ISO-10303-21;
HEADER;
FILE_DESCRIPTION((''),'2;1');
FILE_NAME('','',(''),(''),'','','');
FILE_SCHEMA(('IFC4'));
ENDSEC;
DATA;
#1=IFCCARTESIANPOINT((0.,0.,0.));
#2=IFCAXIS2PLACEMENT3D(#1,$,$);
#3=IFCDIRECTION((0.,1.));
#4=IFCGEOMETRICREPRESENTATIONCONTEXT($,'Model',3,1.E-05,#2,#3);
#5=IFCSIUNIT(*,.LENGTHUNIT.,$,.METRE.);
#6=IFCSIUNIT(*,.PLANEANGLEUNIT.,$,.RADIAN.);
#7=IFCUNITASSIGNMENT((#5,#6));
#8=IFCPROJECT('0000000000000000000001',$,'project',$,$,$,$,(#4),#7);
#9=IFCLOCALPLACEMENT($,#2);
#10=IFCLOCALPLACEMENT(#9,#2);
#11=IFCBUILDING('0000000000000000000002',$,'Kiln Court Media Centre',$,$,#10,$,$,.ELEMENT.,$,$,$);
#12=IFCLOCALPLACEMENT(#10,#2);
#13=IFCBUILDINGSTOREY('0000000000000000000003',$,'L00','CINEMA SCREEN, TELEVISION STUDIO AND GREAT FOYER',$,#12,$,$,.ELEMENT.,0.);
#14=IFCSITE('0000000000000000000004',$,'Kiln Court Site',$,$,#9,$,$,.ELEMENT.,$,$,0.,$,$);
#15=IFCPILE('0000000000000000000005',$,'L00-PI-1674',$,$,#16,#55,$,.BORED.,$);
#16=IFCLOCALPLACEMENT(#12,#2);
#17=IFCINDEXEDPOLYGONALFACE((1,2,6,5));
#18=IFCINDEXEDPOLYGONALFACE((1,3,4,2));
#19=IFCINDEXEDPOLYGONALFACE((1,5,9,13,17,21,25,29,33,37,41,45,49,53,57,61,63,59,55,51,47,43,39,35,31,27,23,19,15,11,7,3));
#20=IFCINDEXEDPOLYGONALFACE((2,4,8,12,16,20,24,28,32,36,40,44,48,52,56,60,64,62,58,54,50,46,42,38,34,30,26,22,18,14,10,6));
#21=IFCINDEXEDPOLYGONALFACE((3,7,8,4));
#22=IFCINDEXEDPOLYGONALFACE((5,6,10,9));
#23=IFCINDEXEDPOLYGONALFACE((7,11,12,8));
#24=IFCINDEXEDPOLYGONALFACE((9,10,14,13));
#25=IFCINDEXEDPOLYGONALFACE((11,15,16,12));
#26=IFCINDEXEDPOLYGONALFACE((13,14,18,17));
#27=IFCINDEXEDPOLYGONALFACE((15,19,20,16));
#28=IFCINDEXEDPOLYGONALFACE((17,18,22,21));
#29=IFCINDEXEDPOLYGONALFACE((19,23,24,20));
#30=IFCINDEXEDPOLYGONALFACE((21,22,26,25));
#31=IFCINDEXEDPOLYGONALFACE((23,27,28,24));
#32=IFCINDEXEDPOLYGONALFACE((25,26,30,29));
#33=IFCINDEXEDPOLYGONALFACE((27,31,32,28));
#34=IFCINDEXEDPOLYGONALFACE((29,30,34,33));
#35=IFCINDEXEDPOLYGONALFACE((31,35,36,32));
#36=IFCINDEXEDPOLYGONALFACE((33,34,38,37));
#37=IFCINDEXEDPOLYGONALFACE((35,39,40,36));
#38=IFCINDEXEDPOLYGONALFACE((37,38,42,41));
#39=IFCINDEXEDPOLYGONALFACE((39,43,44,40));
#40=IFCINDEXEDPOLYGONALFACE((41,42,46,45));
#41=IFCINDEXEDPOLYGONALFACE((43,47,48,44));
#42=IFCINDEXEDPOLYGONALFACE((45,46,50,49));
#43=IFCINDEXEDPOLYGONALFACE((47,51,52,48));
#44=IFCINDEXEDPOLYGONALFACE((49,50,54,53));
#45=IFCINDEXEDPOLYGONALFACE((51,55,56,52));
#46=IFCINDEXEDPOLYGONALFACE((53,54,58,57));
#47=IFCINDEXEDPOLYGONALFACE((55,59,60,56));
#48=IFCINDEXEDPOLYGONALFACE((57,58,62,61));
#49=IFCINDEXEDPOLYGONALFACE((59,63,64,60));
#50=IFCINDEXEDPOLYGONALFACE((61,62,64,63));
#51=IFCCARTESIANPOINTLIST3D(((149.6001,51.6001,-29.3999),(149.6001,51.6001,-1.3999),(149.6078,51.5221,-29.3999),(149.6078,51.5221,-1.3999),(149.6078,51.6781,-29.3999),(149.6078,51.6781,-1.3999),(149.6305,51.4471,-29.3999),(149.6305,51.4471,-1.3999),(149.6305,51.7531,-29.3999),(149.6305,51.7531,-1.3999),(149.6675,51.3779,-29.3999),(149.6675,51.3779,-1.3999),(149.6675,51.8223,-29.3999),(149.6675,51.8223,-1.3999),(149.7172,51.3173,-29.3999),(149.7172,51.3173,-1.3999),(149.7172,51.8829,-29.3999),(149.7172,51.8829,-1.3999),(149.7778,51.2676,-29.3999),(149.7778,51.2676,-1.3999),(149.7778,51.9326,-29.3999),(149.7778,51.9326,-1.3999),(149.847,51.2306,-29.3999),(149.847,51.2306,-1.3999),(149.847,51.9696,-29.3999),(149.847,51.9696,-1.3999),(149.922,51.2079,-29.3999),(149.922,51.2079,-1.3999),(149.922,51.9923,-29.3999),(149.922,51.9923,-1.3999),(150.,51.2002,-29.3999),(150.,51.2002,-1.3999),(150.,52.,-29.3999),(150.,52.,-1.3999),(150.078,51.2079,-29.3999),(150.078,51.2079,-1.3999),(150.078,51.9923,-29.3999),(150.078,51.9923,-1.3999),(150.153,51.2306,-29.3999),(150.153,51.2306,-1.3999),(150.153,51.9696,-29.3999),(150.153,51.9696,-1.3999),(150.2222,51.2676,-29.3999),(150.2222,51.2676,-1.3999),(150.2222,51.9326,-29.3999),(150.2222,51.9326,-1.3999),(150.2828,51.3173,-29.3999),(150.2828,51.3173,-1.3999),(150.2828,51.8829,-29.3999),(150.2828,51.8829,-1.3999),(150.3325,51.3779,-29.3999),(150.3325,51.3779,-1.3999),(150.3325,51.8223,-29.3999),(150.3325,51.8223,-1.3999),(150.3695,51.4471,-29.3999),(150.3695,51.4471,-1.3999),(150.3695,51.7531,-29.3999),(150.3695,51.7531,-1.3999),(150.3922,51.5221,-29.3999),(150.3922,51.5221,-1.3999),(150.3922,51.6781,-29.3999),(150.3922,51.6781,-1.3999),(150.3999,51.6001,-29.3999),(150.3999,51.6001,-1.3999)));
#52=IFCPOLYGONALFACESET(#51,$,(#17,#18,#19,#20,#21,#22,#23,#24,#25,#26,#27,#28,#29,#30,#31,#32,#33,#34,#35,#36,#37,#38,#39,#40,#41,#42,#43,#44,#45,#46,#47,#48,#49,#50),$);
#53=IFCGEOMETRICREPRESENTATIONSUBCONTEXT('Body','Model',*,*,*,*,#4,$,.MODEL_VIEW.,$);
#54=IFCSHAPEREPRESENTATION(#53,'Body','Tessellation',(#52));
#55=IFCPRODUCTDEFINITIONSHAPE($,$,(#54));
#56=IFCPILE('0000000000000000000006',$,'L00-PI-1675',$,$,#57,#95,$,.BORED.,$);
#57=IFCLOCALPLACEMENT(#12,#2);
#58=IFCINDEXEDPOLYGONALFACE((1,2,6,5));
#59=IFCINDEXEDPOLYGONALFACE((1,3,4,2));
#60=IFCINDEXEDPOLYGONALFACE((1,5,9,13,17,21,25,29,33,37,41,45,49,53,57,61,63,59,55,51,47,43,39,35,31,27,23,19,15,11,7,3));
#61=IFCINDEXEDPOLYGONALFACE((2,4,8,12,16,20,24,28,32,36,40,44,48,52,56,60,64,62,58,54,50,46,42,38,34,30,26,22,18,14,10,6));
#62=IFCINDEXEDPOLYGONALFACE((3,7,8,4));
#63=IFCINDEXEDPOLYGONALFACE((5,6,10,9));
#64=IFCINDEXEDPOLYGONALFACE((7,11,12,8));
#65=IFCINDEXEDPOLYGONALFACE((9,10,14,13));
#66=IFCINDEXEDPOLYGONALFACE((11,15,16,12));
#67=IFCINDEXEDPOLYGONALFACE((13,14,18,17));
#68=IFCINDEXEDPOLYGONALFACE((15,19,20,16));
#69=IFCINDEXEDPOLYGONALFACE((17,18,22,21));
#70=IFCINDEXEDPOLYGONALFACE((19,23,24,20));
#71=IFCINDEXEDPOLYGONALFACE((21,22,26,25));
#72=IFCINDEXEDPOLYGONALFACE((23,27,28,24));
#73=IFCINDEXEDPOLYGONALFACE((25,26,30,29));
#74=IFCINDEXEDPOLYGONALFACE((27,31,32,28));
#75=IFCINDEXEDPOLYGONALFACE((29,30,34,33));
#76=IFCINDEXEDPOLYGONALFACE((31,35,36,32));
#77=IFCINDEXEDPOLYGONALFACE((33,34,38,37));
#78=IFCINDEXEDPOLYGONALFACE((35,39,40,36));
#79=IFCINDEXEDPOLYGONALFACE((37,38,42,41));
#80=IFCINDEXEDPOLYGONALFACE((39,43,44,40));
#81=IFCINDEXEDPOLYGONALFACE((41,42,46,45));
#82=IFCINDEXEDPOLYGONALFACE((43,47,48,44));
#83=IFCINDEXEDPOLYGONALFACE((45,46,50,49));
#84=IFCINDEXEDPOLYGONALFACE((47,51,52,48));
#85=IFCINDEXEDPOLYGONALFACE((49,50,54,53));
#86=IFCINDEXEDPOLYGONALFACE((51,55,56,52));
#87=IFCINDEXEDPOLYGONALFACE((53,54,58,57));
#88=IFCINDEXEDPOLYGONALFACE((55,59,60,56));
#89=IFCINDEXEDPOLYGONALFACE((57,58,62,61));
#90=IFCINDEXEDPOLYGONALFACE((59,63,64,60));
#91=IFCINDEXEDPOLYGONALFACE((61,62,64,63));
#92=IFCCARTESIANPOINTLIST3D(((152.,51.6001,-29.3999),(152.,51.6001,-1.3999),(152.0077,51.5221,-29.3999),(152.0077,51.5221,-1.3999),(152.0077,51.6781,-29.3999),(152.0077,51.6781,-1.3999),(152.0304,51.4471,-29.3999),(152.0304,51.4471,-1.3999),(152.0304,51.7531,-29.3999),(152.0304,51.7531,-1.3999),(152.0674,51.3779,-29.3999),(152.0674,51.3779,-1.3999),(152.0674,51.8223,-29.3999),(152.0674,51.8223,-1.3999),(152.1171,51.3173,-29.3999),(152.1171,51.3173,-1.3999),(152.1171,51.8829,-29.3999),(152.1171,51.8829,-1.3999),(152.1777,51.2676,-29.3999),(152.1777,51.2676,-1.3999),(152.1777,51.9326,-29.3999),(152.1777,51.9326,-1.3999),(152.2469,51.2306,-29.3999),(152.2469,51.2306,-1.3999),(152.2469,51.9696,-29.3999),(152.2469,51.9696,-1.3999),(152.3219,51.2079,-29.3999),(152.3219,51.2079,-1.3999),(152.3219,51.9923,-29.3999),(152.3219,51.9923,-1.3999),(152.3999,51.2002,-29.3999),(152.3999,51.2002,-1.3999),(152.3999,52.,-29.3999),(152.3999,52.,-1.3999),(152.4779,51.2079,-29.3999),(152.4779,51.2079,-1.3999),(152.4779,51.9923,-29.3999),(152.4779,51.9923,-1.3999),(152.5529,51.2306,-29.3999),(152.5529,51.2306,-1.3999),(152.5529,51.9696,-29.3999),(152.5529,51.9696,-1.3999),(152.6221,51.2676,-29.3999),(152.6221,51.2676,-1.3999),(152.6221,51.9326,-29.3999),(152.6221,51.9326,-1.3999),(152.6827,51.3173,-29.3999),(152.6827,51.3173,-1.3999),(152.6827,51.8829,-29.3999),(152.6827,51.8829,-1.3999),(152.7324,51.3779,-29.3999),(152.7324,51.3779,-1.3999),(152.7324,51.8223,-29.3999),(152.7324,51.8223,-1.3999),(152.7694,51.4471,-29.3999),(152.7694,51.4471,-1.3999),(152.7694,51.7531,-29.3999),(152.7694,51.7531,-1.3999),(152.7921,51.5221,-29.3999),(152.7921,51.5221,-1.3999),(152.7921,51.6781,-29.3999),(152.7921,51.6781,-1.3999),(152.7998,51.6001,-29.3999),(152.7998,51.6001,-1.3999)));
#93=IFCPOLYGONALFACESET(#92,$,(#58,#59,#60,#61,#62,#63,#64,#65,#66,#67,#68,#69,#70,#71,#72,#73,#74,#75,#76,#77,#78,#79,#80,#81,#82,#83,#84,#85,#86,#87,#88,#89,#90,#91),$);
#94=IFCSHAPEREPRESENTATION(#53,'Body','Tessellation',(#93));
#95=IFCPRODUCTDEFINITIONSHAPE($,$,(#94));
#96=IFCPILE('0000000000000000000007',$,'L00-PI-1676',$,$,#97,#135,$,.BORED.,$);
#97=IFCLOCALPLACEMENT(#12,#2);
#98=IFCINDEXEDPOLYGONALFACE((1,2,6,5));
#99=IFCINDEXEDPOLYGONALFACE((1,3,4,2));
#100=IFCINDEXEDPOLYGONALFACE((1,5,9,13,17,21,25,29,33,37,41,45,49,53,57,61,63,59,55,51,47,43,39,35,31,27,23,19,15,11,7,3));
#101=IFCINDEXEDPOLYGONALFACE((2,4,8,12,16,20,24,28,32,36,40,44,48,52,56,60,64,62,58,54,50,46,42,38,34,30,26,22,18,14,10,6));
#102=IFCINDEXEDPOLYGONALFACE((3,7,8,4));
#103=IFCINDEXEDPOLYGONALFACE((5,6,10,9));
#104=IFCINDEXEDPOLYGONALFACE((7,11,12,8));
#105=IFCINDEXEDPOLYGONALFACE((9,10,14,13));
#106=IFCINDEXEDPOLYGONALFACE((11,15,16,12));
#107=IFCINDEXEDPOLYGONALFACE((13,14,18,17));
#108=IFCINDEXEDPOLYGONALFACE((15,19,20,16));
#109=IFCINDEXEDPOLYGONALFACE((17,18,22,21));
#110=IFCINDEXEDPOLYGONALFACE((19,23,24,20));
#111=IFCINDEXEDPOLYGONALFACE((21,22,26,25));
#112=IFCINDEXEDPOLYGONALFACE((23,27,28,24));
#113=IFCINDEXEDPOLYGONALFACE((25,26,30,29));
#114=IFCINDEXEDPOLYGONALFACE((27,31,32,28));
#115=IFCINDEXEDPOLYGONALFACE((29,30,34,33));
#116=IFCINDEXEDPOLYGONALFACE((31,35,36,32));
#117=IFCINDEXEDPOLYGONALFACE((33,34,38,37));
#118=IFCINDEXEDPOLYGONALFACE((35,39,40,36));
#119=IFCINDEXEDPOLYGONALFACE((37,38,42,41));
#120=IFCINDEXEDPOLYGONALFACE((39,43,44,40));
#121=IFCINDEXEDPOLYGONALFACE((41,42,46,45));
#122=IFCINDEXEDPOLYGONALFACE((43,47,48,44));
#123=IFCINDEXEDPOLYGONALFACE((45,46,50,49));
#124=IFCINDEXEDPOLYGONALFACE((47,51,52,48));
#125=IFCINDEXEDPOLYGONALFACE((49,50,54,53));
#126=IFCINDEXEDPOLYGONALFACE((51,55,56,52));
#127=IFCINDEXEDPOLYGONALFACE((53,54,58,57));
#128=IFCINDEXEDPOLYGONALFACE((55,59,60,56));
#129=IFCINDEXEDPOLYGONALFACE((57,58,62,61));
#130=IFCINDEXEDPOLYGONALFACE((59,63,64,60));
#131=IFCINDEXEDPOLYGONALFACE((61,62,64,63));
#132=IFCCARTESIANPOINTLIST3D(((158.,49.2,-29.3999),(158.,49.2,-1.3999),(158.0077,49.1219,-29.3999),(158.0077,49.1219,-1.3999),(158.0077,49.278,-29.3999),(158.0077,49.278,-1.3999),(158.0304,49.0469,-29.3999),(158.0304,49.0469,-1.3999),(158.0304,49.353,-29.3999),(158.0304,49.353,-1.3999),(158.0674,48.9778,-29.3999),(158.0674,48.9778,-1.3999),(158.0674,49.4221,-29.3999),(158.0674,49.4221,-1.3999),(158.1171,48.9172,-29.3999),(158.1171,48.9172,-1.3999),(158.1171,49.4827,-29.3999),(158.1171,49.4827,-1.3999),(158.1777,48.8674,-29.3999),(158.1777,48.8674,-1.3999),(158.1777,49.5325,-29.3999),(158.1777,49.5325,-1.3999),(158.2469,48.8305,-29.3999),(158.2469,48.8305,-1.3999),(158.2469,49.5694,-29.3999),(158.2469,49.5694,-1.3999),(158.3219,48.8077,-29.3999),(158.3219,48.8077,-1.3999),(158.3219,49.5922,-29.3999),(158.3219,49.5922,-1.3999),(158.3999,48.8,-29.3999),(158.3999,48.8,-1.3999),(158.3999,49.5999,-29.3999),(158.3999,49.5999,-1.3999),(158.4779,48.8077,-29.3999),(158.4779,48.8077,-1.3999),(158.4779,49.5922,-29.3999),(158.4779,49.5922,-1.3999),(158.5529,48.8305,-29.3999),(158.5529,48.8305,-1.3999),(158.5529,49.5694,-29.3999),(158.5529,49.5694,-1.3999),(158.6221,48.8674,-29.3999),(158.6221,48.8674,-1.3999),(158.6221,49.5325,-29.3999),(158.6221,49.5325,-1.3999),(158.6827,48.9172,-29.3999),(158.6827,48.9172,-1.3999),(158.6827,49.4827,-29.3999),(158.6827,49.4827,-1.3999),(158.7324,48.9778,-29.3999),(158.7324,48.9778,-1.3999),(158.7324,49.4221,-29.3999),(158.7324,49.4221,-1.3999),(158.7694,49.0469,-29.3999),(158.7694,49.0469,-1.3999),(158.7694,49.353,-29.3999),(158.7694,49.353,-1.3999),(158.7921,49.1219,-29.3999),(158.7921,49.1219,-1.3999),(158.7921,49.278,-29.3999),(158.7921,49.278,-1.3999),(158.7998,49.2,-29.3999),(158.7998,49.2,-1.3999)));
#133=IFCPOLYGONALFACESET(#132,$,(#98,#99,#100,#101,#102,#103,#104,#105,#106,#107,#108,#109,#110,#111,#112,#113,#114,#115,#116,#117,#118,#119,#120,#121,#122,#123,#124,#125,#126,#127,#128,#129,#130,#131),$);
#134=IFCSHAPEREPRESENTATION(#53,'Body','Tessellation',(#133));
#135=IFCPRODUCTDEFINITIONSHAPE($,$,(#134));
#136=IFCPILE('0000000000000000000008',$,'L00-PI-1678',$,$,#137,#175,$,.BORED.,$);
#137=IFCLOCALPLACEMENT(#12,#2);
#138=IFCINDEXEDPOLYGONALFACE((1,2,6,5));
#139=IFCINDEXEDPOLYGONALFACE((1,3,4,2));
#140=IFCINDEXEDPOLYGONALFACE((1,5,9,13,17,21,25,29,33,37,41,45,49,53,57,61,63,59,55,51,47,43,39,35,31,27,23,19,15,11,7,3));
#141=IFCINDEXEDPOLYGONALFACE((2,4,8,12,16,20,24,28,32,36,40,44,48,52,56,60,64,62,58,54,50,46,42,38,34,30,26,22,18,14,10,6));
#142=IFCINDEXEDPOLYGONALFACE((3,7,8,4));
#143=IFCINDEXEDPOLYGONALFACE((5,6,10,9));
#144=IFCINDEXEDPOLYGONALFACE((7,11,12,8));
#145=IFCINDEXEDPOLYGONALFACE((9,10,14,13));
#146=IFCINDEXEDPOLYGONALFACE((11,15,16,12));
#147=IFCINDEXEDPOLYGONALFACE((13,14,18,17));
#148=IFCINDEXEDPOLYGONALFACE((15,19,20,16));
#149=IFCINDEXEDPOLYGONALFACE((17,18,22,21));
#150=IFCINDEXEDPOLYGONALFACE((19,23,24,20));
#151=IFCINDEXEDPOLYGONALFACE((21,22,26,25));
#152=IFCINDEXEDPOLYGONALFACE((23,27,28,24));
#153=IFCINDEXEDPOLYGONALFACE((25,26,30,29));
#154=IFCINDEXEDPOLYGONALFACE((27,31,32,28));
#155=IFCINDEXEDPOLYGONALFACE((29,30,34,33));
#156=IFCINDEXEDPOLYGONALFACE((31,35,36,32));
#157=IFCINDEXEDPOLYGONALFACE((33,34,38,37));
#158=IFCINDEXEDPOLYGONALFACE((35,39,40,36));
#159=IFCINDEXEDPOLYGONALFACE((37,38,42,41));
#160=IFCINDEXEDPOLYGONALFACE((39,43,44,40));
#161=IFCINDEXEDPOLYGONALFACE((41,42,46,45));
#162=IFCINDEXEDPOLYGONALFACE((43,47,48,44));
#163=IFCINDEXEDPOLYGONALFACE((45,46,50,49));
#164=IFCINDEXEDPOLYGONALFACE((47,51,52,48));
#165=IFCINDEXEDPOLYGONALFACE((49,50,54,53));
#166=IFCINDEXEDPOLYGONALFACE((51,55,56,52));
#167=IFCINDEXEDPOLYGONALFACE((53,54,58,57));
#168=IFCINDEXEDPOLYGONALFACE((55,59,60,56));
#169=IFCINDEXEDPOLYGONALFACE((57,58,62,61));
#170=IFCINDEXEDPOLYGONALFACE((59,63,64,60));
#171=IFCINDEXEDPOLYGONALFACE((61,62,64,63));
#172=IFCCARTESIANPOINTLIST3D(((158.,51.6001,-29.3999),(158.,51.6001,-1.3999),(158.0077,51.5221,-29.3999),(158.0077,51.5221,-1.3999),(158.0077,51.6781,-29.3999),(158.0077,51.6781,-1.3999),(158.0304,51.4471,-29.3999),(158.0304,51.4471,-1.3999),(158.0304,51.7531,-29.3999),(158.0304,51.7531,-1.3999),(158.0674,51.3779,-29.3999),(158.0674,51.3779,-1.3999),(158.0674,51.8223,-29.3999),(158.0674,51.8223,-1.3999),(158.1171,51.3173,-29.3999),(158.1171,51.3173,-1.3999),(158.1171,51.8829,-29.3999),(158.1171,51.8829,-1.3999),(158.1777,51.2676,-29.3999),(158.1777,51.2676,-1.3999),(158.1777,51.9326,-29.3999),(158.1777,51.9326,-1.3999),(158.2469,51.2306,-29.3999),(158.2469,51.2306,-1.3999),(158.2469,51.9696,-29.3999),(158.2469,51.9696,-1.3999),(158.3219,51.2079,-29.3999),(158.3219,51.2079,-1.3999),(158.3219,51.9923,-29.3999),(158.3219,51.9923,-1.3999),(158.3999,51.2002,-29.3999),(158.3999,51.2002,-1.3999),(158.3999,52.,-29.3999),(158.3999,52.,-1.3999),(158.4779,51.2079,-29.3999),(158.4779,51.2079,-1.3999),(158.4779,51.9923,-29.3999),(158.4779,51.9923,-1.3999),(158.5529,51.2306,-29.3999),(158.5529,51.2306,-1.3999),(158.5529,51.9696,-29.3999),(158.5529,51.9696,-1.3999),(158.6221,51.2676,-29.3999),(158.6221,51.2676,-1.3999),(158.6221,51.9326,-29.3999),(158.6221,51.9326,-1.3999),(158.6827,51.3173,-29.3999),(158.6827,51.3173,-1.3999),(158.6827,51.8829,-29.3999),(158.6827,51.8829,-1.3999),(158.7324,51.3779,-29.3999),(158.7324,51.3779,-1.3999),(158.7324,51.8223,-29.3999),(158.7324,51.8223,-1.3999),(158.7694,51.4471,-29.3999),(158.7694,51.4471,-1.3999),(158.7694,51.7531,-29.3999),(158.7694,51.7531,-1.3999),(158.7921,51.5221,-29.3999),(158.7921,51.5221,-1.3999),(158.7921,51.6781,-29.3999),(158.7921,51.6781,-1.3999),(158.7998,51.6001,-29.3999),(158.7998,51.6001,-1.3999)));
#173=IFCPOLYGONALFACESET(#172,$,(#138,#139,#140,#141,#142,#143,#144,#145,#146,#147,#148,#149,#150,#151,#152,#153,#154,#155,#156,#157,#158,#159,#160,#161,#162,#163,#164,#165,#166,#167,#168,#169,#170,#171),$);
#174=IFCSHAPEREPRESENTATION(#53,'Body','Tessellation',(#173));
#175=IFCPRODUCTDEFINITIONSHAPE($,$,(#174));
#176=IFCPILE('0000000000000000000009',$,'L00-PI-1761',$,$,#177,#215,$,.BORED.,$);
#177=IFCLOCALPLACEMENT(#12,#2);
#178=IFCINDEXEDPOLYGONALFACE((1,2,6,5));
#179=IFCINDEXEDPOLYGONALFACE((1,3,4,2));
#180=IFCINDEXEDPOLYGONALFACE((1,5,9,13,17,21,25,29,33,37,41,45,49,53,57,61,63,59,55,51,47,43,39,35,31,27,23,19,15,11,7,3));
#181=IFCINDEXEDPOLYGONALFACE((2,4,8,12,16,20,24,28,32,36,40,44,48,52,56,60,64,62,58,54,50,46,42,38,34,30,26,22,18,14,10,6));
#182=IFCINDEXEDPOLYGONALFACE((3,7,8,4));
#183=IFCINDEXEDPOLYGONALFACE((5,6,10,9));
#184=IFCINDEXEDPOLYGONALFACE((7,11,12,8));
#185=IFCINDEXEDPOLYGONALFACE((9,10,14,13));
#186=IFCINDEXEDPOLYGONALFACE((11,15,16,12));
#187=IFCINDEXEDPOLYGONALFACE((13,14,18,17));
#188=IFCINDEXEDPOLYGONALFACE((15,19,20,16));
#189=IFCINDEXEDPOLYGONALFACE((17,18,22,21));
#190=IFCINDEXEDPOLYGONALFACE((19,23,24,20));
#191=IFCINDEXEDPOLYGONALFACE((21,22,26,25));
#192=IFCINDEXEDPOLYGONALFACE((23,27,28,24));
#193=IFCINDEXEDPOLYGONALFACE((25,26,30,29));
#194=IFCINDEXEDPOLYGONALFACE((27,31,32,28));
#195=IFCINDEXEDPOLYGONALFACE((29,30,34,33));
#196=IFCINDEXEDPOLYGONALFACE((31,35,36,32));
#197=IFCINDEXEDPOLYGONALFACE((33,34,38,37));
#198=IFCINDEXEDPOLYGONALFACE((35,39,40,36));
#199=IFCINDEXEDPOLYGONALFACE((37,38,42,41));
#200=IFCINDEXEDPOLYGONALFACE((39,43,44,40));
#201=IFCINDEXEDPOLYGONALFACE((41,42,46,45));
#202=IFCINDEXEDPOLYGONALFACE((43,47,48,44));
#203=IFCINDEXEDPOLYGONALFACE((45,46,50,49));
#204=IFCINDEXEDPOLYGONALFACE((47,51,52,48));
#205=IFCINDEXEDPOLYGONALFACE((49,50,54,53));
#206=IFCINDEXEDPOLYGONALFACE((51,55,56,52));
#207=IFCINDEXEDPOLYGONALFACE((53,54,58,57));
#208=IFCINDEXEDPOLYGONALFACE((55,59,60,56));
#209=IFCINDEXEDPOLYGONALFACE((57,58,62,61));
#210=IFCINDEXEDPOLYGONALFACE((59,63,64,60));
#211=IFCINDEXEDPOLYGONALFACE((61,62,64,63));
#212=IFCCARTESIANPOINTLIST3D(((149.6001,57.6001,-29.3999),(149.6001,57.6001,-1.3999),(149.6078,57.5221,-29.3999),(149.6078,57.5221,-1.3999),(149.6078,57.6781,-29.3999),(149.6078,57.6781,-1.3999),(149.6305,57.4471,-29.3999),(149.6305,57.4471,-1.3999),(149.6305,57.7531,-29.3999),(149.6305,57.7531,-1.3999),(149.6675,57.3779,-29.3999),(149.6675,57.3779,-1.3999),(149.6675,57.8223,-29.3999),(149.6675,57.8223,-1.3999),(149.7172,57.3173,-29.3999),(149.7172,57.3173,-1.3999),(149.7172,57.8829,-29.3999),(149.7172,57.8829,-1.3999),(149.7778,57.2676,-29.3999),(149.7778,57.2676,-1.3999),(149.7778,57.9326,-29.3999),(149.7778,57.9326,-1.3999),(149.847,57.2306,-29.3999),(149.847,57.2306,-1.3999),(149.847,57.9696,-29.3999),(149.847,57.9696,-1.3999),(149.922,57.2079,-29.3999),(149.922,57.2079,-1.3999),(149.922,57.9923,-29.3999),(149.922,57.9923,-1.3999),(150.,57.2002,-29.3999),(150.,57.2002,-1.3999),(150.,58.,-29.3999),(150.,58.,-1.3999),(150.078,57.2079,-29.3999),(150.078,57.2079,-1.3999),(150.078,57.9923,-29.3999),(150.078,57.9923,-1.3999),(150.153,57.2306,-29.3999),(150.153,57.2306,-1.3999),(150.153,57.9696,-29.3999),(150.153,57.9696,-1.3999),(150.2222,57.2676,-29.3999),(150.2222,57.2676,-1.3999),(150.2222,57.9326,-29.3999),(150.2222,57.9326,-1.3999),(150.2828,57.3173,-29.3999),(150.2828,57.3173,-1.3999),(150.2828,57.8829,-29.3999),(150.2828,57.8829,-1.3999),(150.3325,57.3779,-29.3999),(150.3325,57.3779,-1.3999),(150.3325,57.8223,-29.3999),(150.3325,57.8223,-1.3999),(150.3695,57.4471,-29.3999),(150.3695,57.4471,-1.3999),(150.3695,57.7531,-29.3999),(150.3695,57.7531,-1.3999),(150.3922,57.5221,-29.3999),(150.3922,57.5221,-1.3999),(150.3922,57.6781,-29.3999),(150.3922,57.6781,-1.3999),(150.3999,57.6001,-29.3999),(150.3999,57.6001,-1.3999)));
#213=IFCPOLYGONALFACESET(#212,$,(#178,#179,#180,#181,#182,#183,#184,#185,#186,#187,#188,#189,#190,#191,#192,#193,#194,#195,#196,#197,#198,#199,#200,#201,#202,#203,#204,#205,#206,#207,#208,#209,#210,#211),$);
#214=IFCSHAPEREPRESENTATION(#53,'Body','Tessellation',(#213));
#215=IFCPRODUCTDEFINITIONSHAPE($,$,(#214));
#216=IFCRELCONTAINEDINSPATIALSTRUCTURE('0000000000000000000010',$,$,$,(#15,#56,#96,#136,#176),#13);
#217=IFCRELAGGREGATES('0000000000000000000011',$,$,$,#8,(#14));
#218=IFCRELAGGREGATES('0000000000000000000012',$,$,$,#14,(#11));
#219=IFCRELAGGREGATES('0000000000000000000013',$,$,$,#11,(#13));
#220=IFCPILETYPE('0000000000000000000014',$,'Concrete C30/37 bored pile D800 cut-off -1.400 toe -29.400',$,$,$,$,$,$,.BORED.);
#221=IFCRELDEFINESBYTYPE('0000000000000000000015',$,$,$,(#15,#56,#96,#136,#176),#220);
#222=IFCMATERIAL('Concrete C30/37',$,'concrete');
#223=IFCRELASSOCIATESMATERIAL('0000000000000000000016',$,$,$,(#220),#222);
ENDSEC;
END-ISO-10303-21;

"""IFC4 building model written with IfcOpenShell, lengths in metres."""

from ifc_helpers import new_model, si_unit, direction, frame, origin, origin_2d, place, context, subcontext, project, spatial, circle, extrude, material, material_profile, profile_set, type_object, element, save


model = new_model("IFC4")

# Units and contexts
model_context = context("Model", 3, precision=1e-05, world=origin(), true_north=direction((0.0, 1.0)))
body_context = subcontext(model_context, "Body", "Model", "MODEL_VIEW")
ifc_project = project(units=[si_unit("LENGTHUNIT", "METRE"), si_unit("PLANEANGLEUNIT", "RADIAN")], contexts=[model_context])

# Site, building, storey
site_placement = place(None, origin())
site = spatial("IfcSite", under=ifc_project, at=site_placement, Name="Kiln Court Site", CompositionType="ELEMENT", RefElevation=0.0)
building_placement = place(site_placement, origin())
building = spatial("IfcBuilding", under=site, at=building_placement, Name="Kiln Court Media Centre", CompositionType="ELEMENT")
storey_placement = place(building_placement, origin())
storey = spatial("IfcBuildingStorey", under=building, at=storey_placement, Name="L00", Description="CINEMA SCREEN, TELEVISION STUDIO AND GREAT FOYER", CompositionType="ELEMENT", Elevation=0.0)

# Piles
ifc_material_1 = material(Name="Concrete C30/37", Category="concrete")
ifc_material_profile_1 = material_profile(ifc_material_1, circle(Radius=0.3999, at=origin_2d()), Name="PILE D800")
ifc_profile_set_1 = profile_set([ifc_material_profile_1], Name="Concrete C30/37")
pile_type = type_object("IfcPileType", Name="Concrete C30/37 bored pile D800 cut-off -1.400 toe -29.400", PredefinedType="BORED", material=ifc_profile_set_1)
for number, where, z_axis, x_axis, name in (
    (1, (150.0, 51.6001, -1.3999), (0.0, 0.0, -1.0), (1.0, 0.0, 0.0), "L00-PI-1674"),
    (2, (152.3999, 51.6001, -1.3999), (0.0, 0.0, -1.0), (1.0, 0.0, 0.0), "L00-PI-1675"),
    (3, (158.3999, 49.2, -1.3999), (0.0, 0.0, -1.0), (1.0, 0.0, 0.0), "L00-PI-1676"),
    (4, (158.3999, 51.6001, -1.3999), (0.0, 0.0, -1.0), (1.0, 0.0, 0.0), "L00-PI-1678"),
    (5, (150.0, 57.6001, -1.3999), (0.0, 0.0, -1.0), (1.0, 0.0, 0.0), "L00-PI-1761"),
):
    element("IfcPile", number, at=place(storey_placement, frame(where, z_axis=z_axis, x_axis=x_axis)), inside=storey, type_object=pile_type, Name=name, PredefinedType="BORED", context=body_context, shape_type="SweptSolid", body=[
        extrude(circle(Radius=0.3999, at=origin_2d()), origin(), (0.0, 0.0, 1.0), 28.0),
    ])

save(model, "model.ifc")
